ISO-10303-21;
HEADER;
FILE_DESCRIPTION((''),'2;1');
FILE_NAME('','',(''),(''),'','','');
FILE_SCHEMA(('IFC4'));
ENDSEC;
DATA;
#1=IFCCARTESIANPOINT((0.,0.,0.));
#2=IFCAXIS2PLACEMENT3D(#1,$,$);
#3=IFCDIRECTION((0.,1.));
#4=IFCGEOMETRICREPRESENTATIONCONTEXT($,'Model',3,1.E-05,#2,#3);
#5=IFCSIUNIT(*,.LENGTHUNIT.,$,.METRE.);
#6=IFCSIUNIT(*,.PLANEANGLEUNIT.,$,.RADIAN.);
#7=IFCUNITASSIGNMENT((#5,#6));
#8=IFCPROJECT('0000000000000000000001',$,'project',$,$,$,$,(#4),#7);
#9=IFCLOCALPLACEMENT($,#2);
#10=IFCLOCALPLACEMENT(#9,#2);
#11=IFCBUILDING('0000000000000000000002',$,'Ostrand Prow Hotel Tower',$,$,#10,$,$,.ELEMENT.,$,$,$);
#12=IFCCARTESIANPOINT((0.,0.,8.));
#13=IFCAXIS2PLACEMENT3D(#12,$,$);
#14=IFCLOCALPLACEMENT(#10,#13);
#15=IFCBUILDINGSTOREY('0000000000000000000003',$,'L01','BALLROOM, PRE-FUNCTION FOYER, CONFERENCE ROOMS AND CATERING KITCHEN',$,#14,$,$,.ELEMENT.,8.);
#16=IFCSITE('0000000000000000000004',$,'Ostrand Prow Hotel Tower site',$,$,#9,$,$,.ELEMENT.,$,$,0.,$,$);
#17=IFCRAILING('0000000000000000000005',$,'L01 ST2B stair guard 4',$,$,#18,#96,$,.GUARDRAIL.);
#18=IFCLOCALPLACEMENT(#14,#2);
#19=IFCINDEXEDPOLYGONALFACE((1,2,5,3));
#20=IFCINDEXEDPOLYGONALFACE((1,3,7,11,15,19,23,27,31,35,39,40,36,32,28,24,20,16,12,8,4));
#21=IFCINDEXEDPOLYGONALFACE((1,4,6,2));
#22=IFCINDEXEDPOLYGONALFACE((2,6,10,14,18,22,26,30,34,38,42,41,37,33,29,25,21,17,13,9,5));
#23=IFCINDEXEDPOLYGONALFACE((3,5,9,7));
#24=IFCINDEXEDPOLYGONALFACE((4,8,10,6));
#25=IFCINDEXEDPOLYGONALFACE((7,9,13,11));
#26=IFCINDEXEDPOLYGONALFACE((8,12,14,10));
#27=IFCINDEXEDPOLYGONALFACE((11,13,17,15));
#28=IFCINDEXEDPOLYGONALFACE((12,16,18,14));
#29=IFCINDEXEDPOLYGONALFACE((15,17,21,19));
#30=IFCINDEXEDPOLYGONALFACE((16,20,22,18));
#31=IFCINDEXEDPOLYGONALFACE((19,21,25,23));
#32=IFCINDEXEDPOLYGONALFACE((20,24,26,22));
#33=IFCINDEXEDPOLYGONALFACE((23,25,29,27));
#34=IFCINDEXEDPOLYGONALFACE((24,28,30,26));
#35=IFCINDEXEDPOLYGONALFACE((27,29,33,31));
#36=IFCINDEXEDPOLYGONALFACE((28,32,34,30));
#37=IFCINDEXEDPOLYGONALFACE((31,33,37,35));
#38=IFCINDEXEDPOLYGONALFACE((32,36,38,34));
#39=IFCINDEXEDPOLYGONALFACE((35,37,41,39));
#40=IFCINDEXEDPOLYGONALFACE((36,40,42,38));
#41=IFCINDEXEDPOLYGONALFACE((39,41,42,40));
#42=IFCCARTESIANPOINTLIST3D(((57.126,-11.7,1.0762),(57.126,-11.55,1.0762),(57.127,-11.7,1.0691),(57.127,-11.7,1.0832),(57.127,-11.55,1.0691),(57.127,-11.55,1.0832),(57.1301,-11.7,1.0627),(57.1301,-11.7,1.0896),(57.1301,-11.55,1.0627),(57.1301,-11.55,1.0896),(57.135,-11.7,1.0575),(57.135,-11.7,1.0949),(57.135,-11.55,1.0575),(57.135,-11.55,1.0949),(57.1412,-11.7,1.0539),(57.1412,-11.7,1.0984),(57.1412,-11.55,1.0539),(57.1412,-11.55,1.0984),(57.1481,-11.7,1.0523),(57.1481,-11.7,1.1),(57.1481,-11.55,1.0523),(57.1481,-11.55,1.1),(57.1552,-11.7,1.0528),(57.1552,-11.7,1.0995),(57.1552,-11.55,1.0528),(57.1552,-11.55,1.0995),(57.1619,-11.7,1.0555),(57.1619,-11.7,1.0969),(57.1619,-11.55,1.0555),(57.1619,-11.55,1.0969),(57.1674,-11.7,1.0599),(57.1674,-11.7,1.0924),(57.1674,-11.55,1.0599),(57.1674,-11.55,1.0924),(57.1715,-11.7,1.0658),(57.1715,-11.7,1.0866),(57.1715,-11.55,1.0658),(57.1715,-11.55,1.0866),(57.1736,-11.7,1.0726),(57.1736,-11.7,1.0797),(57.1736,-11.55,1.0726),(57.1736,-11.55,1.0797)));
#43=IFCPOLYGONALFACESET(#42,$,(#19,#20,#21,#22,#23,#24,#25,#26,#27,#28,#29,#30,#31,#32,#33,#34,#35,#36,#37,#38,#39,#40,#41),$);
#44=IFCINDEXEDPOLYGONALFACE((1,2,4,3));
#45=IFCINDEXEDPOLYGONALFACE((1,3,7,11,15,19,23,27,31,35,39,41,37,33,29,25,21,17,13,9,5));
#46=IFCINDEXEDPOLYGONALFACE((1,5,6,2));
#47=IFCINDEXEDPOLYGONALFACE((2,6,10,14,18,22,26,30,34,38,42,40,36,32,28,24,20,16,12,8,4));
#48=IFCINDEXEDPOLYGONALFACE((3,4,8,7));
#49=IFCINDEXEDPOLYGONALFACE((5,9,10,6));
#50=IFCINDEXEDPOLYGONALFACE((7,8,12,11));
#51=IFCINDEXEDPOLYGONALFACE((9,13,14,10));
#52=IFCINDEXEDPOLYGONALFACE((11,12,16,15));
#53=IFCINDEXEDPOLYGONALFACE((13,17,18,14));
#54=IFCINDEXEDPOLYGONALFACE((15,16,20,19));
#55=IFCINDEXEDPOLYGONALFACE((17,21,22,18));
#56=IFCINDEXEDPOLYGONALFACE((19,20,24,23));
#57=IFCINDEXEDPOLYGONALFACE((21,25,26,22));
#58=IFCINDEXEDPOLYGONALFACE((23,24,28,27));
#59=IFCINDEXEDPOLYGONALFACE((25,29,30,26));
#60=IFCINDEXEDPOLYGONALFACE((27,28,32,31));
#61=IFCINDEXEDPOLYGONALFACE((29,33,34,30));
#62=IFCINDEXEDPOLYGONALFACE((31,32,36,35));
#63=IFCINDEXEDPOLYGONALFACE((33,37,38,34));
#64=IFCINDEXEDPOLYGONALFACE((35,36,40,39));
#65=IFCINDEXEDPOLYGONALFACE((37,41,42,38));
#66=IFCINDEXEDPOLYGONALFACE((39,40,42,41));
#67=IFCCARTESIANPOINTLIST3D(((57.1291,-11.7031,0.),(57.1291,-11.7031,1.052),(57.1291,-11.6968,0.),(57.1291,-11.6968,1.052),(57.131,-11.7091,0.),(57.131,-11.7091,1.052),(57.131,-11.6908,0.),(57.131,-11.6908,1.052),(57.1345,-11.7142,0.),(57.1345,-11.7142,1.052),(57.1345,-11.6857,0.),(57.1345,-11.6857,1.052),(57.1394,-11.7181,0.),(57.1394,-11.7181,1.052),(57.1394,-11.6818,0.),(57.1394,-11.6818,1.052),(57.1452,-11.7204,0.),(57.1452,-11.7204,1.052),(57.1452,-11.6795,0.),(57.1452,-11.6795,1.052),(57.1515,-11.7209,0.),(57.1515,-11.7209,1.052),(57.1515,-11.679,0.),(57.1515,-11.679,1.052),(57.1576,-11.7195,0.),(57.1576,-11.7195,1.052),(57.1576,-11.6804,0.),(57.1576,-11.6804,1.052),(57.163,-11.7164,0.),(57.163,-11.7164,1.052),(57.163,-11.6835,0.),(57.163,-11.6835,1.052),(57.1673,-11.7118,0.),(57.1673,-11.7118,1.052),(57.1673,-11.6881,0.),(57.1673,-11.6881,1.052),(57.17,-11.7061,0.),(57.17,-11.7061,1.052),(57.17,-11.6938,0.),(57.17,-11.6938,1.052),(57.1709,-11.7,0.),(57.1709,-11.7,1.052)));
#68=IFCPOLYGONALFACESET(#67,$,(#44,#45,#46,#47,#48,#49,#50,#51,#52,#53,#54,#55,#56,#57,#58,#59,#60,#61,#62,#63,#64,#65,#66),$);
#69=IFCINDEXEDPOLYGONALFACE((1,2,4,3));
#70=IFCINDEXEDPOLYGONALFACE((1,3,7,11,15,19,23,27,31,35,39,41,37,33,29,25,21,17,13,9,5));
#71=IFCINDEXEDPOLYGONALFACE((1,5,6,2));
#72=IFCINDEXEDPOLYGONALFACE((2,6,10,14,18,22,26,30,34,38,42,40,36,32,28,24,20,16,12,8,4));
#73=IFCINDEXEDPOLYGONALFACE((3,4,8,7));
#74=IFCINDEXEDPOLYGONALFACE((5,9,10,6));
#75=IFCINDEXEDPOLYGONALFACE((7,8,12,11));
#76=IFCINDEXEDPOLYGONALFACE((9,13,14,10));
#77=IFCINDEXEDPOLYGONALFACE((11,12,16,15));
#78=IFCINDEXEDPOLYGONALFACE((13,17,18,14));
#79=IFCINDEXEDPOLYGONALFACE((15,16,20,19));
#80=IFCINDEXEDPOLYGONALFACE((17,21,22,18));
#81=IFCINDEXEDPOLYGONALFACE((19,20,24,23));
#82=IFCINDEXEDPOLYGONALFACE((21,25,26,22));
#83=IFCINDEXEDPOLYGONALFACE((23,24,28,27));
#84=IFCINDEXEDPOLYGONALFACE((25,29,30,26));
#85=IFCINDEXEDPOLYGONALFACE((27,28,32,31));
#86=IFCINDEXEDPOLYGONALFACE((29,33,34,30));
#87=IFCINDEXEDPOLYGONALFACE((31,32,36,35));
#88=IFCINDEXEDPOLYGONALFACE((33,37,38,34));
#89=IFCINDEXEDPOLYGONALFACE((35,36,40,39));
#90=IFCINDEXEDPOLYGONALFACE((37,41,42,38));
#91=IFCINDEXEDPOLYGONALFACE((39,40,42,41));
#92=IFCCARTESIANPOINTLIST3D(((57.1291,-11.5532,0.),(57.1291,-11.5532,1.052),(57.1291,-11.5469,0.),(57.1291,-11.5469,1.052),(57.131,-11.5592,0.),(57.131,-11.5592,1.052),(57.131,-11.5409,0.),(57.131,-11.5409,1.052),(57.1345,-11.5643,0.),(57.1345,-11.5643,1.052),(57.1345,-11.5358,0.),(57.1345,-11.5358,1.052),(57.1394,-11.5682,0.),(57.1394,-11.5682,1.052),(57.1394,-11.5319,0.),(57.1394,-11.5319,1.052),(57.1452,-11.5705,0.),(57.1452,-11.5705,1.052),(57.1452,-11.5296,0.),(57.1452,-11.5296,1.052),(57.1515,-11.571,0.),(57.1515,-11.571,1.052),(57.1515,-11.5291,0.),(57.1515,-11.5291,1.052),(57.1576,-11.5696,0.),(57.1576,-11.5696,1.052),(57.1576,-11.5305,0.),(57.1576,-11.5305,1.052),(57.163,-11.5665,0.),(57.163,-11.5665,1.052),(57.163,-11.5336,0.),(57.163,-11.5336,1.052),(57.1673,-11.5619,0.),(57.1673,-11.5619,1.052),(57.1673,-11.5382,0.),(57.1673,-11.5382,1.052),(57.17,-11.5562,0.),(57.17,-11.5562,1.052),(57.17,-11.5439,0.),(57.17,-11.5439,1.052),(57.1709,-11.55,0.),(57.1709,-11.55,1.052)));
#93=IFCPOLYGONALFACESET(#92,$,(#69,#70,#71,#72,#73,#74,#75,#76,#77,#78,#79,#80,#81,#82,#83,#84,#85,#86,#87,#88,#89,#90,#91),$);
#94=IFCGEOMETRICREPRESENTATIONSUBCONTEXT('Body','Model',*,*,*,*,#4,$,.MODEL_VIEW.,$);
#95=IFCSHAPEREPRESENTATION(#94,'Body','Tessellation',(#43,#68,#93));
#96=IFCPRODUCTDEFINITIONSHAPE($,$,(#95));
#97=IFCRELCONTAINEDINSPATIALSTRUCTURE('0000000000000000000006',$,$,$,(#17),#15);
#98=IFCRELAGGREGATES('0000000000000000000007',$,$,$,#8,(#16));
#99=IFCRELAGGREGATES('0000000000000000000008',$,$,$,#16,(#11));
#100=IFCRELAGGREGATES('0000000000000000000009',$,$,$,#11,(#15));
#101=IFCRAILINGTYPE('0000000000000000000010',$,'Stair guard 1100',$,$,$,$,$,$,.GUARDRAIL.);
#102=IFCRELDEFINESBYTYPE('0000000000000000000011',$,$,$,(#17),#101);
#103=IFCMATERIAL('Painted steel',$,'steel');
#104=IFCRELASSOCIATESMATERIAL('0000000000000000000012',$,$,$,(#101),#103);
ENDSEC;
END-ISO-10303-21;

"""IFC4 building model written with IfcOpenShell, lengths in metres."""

from ifc_helpers import new_model, si_unit, direction, frame, origin, origin_2d, place, context, subcontext, project, spatial, circle, extrude, material, type_object, element, save


model = new_model("IFC4")

# Units and contexts
model_context = context("Model", 3, precision=1e-05, world=origin(), true_north=direction((0.0, 1.0)))
body_context = subcontext(model_context, "Body", "Model", "MODEL_VIEW")
ifc_project = project(units=[si_unit("LENGTHUNIT", "METRE"), si_unit("PLANEANGLEUNIT", "RADIAN")], contexts=[model_context])

# Site, building, storey
site_placement = place(None, origin())
site = spatial("IfcSite", under=ifc_project, at=site_placement, Name="Ostrand Prow Hotel Tower site", CompositionType="ELEMENT", RefElevation=0.0)
building_placement = place(site_placement, origin())
building = spatial("IfcBuilding", under=site, at=building_placement, Name="Ostrand Prow Hotel Tower", CompositionType="ELEMENT")
storey_placement = place(building_placement, frame((0.0, 0.0, 8.0)))
storey = spatial("IfcBuildingStorey", under=building, at=storey_placement, Name="L01", Description="BALLROOM, PRE-FUNCTION FOYER, CONFERENCE ROOMS AND CATERING KITCHEN", CompositionType="ELEMENT", Elevation=8.0)

# Railing
ifc_material_1 = material(Name="Painted steel", Category="steel")
railing_type_1 = type_object("IfcRailingType", Name="Stair guard 1100", PredefinedType="GUARDRAIL", material=ifc_material_1)
railing_1_placement = place(storey_placement, frame((57.1499, -11.7, 0.0)))
element("IfcRailing", 1, at=railing_1_placement, inside=storey, type_object=railing_type_1, Name="L01 ST2B stair guard 4", PredefinedType="GUARDRAIL", context=body_context, shape_type="SweptSolid", body=[
    extrude(circle(Radius=0.0239, at=origin_2d()), frame((0.0, 0.0, 1.0762), z_axis=(0.0, 1.0, 0.0), x_axis=(-1.0, 0.0, 0.0)), (0.0, 0.0, 1.0), 0.1499),
    extrude(circle(Radius=0.021, at=origin_2d()), origin(), (0.0, 0.0, 1.0), 1.052),
    extrude(circle(Radius=0.021, at=origin_2d()), frame((0.0, 0.1499, 0.0)), (0.0, 0.0, 1.0), 1.052),
])

save(model, "model.ifc")
